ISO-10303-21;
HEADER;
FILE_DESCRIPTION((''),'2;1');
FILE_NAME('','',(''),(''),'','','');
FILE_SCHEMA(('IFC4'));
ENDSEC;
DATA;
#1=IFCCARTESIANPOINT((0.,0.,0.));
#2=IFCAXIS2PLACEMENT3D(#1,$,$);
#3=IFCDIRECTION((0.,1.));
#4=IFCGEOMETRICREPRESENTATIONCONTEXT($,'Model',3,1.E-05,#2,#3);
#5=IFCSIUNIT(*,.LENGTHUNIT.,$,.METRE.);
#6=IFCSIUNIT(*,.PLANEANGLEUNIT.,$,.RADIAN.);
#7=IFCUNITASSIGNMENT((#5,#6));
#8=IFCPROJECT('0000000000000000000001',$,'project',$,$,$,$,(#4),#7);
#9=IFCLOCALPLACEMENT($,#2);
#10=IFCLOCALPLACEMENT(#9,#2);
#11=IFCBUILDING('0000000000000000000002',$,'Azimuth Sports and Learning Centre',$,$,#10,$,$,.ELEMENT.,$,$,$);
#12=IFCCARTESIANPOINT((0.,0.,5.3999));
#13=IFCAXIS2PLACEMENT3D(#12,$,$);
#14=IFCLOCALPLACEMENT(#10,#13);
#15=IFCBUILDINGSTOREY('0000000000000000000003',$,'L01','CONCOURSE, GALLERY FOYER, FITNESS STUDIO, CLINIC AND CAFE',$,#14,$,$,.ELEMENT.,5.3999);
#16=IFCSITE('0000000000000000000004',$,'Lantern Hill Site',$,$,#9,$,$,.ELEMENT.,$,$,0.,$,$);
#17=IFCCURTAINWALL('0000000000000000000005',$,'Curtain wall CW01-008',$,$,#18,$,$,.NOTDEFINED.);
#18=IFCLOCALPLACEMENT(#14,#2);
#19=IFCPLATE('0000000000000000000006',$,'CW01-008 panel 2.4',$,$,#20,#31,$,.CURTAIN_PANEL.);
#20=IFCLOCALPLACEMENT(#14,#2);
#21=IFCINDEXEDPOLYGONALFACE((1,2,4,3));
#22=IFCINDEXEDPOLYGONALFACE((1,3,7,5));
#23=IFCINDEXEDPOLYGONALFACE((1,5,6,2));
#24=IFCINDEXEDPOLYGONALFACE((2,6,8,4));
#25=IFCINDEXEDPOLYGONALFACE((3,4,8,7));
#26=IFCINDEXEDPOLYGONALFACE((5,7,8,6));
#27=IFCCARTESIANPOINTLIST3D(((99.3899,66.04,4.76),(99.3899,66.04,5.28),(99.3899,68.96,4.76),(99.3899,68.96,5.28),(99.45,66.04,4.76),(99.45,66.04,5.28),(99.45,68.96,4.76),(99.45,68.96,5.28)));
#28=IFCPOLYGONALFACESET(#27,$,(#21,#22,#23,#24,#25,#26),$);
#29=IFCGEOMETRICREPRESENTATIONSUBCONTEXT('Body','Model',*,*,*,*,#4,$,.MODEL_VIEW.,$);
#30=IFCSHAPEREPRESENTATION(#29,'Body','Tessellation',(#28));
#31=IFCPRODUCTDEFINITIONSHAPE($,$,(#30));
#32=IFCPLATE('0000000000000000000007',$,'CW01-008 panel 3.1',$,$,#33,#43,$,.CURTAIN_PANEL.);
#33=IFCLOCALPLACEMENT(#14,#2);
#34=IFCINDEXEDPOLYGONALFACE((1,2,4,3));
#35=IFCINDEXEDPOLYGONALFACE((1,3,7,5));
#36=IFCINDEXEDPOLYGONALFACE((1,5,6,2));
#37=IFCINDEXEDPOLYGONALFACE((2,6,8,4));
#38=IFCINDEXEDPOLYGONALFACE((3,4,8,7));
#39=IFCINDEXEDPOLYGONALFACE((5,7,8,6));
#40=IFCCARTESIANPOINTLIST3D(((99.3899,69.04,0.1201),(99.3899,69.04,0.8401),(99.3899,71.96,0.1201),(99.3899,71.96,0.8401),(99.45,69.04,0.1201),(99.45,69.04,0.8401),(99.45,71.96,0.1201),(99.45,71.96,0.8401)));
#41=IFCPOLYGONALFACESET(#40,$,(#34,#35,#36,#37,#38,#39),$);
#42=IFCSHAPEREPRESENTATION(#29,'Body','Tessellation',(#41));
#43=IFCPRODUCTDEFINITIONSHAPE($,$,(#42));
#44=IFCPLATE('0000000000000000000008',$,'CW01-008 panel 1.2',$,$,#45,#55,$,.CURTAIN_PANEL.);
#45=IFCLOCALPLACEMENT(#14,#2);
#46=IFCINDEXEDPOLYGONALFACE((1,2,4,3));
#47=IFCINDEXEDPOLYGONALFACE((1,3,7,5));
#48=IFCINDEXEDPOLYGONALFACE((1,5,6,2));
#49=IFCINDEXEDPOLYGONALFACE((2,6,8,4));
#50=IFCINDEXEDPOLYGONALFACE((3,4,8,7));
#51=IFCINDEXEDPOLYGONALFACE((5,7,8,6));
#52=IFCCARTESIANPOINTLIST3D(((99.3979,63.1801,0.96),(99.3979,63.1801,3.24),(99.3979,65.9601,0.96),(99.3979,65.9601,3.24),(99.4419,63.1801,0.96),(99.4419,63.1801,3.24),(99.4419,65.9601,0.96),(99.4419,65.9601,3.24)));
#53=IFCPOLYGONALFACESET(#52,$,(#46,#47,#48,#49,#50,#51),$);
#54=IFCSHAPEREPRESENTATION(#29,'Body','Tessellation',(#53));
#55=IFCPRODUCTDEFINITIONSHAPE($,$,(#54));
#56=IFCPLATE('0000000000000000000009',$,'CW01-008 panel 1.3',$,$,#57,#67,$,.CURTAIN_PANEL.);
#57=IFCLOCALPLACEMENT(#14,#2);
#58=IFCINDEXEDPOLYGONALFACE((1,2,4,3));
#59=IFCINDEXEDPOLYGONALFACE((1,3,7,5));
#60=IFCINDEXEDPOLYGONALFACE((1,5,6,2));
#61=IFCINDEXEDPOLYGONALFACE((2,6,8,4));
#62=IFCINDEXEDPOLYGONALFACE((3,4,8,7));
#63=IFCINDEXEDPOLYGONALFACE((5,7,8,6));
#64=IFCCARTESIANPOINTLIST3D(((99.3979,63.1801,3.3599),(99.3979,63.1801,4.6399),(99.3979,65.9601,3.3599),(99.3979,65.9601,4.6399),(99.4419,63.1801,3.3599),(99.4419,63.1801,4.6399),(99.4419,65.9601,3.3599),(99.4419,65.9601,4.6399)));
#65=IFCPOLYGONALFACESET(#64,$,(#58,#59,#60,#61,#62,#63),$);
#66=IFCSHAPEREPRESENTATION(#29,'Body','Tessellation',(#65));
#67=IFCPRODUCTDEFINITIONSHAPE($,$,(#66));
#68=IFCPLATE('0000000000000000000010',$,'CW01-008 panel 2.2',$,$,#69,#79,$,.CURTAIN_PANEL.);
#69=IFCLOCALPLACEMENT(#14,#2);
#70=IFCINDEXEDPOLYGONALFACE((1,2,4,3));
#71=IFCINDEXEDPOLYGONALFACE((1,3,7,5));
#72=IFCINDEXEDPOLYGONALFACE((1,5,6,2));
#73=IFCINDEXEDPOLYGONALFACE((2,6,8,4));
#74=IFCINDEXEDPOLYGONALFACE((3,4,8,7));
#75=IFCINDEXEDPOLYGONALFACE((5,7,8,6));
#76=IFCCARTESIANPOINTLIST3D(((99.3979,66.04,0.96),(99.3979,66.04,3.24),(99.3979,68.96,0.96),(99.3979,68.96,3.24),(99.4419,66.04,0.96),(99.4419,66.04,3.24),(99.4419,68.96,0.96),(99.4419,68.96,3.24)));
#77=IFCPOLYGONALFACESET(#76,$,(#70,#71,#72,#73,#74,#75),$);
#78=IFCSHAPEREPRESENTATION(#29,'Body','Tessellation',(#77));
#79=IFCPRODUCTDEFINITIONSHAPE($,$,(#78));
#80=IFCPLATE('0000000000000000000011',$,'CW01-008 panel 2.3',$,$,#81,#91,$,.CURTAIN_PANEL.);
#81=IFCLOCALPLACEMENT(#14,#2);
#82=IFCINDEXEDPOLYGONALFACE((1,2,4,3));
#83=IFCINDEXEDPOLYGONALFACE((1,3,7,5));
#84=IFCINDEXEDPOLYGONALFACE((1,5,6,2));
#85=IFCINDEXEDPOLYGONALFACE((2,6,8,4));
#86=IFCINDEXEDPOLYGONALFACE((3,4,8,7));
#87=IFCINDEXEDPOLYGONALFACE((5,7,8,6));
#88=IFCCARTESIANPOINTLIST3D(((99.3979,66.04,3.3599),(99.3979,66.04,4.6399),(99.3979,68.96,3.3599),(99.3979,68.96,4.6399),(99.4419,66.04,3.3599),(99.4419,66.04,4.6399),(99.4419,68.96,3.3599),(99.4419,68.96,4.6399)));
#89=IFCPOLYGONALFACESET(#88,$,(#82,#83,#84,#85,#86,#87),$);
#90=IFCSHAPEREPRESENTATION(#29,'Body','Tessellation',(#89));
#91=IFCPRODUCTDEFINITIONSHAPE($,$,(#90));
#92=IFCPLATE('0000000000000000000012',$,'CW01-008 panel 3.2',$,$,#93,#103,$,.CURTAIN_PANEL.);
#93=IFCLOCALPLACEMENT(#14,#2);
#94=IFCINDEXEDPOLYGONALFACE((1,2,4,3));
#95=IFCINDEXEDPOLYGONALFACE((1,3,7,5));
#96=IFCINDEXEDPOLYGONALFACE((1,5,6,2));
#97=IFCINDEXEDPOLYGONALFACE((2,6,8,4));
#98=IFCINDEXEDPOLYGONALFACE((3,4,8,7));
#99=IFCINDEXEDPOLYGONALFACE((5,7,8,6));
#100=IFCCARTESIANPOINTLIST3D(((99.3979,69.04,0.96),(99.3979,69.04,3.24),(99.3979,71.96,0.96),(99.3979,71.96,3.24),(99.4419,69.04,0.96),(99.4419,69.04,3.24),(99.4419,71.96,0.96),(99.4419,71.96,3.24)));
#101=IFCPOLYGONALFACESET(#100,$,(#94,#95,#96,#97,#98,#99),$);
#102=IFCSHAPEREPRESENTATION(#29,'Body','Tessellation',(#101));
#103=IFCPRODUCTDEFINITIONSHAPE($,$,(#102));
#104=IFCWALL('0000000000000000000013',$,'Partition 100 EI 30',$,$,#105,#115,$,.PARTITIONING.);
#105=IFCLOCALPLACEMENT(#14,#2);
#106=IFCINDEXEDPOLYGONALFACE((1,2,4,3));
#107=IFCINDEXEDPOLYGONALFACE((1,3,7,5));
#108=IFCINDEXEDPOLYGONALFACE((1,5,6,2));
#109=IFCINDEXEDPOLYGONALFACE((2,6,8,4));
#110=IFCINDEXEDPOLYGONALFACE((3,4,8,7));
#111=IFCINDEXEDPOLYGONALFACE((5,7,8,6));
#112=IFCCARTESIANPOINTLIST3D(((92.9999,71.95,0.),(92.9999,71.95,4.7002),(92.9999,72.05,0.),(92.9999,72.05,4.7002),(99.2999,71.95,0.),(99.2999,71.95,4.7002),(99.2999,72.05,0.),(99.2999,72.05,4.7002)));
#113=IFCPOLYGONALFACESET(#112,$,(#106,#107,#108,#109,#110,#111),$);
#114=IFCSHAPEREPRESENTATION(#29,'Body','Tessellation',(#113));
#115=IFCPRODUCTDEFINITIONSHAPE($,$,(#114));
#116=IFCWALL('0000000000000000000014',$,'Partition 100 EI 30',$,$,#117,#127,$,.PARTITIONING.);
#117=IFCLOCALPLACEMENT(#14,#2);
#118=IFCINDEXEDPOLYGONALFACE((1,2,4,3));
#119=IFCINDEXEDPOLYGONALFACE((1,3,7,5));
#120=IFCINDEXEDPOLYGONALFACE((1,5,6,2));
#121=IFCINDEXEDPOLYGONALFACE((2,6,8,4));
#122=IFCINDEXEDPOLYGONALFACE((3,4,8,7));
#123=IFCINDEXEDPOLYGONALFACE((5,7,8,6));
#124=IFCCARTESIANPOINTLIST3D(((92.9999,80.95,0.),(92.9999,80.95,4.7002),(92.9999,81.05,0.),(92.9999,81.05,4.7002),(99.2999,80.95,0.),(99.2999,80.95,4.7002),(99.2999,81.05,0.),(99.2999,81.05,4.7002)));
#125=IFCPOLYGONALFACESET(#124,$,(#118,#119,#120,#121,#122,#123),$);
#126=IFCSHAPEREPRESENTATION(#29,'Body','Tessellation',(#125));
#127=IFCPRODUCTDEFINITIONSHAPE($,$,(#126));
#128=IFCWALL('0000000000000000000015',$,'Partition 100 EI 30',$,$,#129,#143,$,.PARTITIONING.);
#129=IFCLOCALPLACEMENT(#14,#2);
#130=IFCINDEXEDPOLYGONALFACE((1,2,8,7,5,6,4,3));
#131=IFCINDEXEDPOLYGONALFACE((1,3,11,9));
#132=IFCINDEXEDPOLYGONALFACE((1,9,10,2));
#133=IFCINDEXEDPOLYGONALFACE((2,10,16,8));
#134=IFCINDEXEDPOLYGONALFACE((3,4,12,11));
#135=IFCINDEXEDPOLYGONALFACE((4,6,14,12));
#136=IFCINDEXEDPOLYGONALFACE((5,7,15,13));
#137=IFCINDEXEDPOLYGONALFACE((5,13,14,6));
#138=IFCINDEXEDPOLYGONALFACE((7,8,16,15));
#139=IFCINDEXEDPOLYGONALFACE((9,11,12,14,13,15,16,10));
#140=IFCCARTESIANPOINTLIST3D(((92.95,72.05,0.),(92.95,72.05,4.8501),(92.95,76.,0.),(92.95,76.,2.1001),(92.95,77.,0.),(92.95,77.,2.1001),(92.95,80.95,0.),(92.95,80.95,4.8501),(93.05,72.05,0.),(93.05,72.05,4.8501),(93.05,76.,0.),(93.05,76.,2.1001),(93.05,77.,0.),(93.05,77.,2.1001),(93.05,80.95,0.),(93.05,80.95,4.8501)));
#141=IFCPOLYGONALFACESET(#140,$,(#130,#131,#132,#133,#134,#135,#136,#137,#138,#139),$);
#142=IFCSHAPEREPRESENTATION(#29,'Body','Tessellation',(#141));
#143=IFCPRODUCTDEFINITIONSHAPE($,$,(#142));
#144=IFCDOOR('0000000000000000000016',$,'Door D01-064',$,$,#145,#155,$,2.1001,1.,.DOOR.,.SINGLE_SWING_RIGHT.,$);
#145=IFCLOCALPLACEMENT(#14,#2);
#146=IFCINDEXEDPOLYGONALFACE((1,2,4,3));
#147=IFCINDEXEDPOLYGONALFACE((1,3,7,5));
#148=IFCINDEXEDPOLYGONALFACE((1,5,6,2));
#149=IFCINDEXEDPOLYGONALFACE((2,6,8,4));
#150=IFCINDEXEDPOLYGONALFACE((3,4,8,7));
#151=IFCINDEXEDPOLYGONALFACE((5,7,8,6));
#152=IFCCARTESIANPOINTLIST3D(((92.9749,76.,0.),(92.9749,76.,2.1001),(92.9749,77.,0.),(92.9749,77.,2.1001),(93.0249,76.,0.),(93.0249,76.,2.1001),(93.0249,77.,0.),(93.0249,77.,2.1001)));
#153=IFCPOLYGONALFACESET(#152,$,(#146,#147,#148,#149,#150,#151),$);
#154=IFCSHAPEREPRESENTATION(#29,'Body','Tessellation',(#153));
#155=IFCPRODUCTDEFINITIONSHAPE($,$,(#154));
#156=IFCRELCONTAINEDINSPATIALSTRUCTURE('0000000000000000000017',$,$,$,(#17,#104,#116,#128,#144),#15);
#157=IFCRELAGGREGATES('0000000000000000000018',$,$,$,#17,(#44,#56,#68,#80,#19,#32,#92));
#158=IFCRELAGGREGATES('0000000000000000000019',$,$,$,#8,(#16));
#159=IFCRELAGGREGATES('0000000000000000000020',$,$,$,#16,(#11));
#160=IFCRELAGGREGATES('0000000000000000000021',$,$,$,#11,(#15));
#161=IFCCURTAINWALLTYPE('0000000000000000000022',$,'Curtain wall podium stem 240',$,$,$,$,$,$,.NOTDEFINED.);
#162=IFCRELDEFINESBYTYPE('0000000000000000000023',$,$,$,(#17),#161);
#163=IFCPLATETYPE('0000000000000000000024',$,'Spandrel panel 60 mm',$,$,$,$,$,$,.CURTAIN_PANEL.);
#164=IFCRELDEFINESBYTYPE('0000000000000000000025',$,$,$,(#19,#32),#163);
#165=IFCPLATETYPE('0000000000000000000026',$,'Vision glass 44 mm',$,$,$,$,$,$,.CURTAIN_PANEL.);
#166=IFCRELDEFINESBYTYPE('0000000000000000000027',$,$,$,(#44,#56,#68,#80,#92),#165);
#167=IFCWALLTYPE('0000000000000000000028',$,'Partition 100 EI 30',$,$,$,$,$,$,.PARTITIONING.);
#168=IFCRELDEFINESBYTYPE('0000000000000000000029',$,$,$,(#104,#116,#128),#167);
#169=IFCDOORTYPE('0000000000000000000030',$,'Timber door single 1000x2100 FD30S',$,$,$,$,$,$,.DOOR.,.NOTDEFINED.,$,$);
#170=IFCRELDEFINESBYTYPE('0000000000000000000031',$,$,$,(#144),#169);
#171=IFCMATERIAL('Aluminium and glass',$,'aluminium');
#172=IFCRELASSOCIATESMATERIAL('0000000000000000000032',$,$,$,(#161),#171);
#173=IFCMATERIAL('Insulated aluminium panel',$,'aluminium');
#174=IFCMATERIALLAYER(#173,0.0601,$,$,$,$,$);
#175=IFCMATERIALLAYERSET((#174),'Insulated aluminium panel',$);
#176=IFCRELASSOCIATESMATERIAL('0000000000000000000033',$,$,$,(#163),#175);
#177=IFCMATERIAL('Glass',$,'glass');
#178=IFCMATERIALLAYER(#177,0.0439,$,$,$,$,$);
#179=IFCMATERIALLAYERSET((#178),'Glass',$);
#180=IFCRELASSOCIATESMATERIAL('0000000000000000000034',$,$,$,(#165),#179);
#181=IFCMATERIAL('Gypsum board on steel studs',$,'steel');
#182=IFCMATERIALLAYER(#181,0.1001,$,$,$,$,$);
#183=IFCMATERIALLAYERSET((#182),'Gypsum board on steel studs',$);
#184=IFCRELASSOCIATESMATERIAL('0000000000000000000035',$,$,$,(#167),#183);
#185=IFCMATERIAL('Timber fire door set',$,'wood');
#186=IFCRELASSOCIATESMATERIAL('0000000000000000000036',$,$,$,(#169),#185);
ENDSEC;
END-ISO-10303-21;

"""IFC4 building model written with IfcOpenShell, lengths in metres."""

from ifc_helpers import new_model, si_unit, direction, frame, frame_2d, origin, origin_2d, place, context, subcontext, project, spatial, rectangle, extrude, material, layer, layer_set, type_object, element, fill, aggregate, save


model = new_model("IFC4")

# Units and contexts
model_context = context("Model", 3, precision=1e-05, world=origin(), true_north=direction((0.0, 1.0)))
body_context = subcontext(model_context, "Body", "Model", "MODEL_VIEW")
ifc_project = project(units=[si_unit("LENGTHUNIT", "METRE"), si_unit("PLANEANGLEUNIT", "RADIAN")], contexts=[model_context])

# Site, building, storey
site_placement = place(None, origin())
site = spatial("IfcSite", under=ifc_project, at=site_placement, Name="Lantern Hill Site", CompositionType="ELEMENT", RefElevation=0.0)
building_placement = place(site_placement, origin())
building = spatial("IfcBuilding", under=site, at=building_placement, Name="Azimuth Sports and Learning Centre", CompositionType="ELEMENT")
storey_placement = place(building_placement, frame((0.0, 0.0, 5.3999)))
storey = spatial("IfcBuildingStorey", under=building, at=storey_placement, Name="L01", Description="CONCOURSE, GALLERY FOYER, FITNESS STUDIO, CLINIC AND CAFE", CompositionType="ELEMENT", Elevation=5.3999)

# Curtain wall, plates
ifc_material_1 = material(Name="Aluminium and glass", Category="aluminium")
curtain_wall_type = type_object("IfcCurtainWallType", Name="Curtain wall podium stem 240", PredefinedType="NOTDEFINED", material=ifc_material_1)
curtain_wall_placement = place(storey_placement, origin())
curtain_wall = element("IfcCurtainWall", 1, at=curtain_wall_placement, inside=storey, type_object=curtain_wall_type, Name="Curtain wall CW01-008", PredefinedType="NOTDEFINED")
ifc_material_2 = material(Name="Insulated aluminium panel", Category="aluminium")
ifc_layer_1 = layer(ifc_material_2, 0.0601)
ifc_layer_set_1 = layer_set([ifc_layer_1], Name="Insulated aluminium panel")
plate_type_1 = type_object("IfcPlateType", Name="Spandrel panel 60 mm", PredefinedType="CURTAIN_PANEL", material=ifc_layer_set_1)
plate_1_placement = place(storey_placement, frame((99.4199, 67.5, 4.76), z_axis=(0.0, 0.0, 1.0), x_axis=(0.0, 1.0, 0.0)))
plate_1 = element("IfcPlate", 2, at=plate_1_placement, type_object=plate_type_1, Name="CW01-008 panel 2.4", PredefinedType="CURTAIN_PANEL", context=body_context, shape_type="SweptSolid", body=[
    extrude(rectangle(XDim=2.9199, YDim=0.0601, at=origin_2d()), origin(), (0.0, 0.0, 1.0), 0.52),
])
plate_2_placement = place(storey_placement, frame((99.4199, 70.5, 0.1201), z_axis=(0.0, 0.0, 1.0), x_axis=(0.0, 1.0, 0.0)))
plate_2 = element("IfcPlate", 3, at=plate_2_placement, type_object=plate_type_1, Name="CW01-008 panel 3.1", PredefinedType="CURTAIN_PANEL", context=body_context, shape_type="SweptSolid", body=[
    extrude(rectangle(XDim=2.9199, YDim=0.0601, at=origin_2d()), origin(), (0.0, 0.0, 1.0), 0.72),
])
ifc_material_3 = material(Name="Glass", Category="glass")
ifc_layer_2 = layer(ifc_material_3, 0.0439)
ifc_layer_set_2 = layer_set([ifc_layer_2], Name="Glass")
plate_type_2 = type_object("IfcPlateType", Name="Vision glass 44 mm", PredefinedType="CURTAIN_PANEL", material=ifc_layer_set_2)
plate_3_placement = place(storey_placement, frame((99.4199, 64.5701, 0.96), z_axis=(0.0, 0.0, 1.0), x_axis=(0.0, 1.0, 0.0)))
plate_3 = element("IfcPlate", 4, at=plate_3_placement, type_object=plate_type_2, Name="CW01-008 panel 1.2", PredefinedType="CURTAIN_PANEL", context=body_context, shape_type="SweptSolid", body=[
    extrude(rectangle(XDim=2.78, YDim=0.0439, at=origin_2d()), origin(), (0.0, 0.0, 1.0), 2.28),
])
plate_4_placement = place(storey_placement, frame((99.4199, 64.5701, 3.3599), z_axis=(0.0, 0.0, 1.0), x_axis=(0.0, 1.0, 0.0)))
plate_4 = element("IfcPlate", 5, at=plate_4_placement, type_object=plate_type_2, Name="CW01-008 panel 1.3", PredefinedType="CURTAIN_PANEL", context=body_context, shape_type="SweptSolid", body=[
    extrude(rectangle(XDim=2.78, YDim=0.0439, at=origin_2d()), origin(), (0.0, 0.0, 1.0), 1.28),
])
plate_5_placement = place(storey_placement, frame((99.4199, 67.5, 0.96), z_axis=(0.0, 0.0, 1.0), x_axis=(0.0, 1.0, 0.0)))
plate_5 = element("IfcPlate", 6, at=plate_5_placement, type_object=plate_type_2, Name="CW01-008 panel 2.2", PredefinedType="CURTAIN_PANEL", context=body_context, shape_type="SweptSolid", body=[
    extrude(rectangle(XDim=2.9199, YDim=0.0439, at=origin_2d()), origin(), (0.0, 0.0, 1.0), 2.28),
])
plate_6_placement = place(storey_placement, frame((99.4199, 67.5, 3.3599), z_axis=(0.0, 0.0, 1.0), x_axis=(0.0, 1.0, 0.0)))
plate_6 = element("IfcPlate", 7, at=plate_6_placement, type_object=plate_type_2, Name="CW01-008 panel 2.3", PredefinedType="CURTAIN_PANEL", context=body_context, shape_type="SweptSolid", body=[
    extrude(rectangle(XDim=2.9199, YDim=0.0439, at=origin_2d()), origin(), (0.0, 0.0, 1.0), 1.28),
])
plate_7_placement = place(storey_placement, frame((99.4199, 70.5, 0.96), z_axis=(0.0, 0.0, 1.0), x_axis=(0.0, 1.0, 0.0)))
plate_7 = element("IfcPlate", 8, at=plate_7_placement, type_object=plate_type_2, Name="CW01-008 panel 3.2", PredefinedType="CURTAIN_PANEL", context=body_context, shape_type="SweptSolid", body=[
    extrude(rectangle(XDim=2.9199, YDim=0.0439, at=origin_2d()), origin(), (0.0, 0.0, 1.0), 2.28),
])
aggregate(curtain_wall, [plate_3, plate_4, plate_5, plate_6, plate_1, plate_2, plate_7])

# Walls
ifc_material_4 = material(Name="Gypsum board on steel studs", Category="steel")
ifc_layer_3 = layer(ifc_material_4, 0.1001)
ifc_layer_set_3 = layer_set([ifc_layer_3], Name="Gypsum board on steel studs")
wall_type = type_object("IfcWallType", Name="Partition 100 EI 30", PredefinedType="PARTITIONING", material=ifc_layer_set_3)
for number, where, z_axis, x_axis, name in (
    (9, (93.0, 72.0, 0.0), (0.0, 0.0, 1.0), (1.0, 0.0, 0.0), "Partition 100 EI 30"),
    (10, (93.0, 81.0, 0.0), (0.0, 0.0, 1.0), (1.0, 0.0, 0.0), "Partition 100 EI 30"),
):
    element("IfcWall", number, at=place(storey_placement, frame(where, z_axis=z_axis, x_axis=x_axis)), inside=storey, type_object=wall_type, Name=name, PredefinedType="PARTITIONING", context=body_context, shape_type="SweptSolid", body=[
        extrude(rectangle(XDim=6.3, YDim=0.1001, at=frame_2d((3.1499, 0.0))), origin(), (0.0, 0.0, 1.0), 4.7002),
    ])

# Wall, opening, door
wall_placement = place(storey_placement, frame((93.0, 72.05, 0.0), z_axis=(0.0, 0.0, 1.0), x_axis=(0.0, 1.0, 0.0)))
wall = element("IfcWall", 11, at=wall_placement, inside=storey, type_object=wall_type, Name="Partition 100 EI 30", PredefinedType="PARTITIONING", context=body_context, shape_type="SweptSolid", body=[
    extrude(rectangle(XDim=8.8999, YDim=0.1001, at=frame_2d((4.45, 0.0))), origin(), (0.0, 0.0, 1.0), 4.8501),
])
opening_placement = place(wall_placement, frame((3.95, 0.0, 0.0)))
opening = element("IfcOpeningElement", 12, at=opening_placement, cuts=wall, PredefinedType="OPENING", context=body_context, shape_type="SweptSolid", body=[
    extrude(rectangle(XDim=1.0, YDim=2.1001, at=frame_2d((0.5, 1.05))), frame((0.0, 0.061, 0.0), z_axis=(0.0, -1.0, 0.0), x_axis=(1.0, 0.0, 0.0)), (0.0, 0.0, 1.0), 0.1221),
])
ifc_material_5 = material(Name="Timber fire door set", Category="wood")
door_type = type_object("IfcDoorType", Name="Timber door single 1000x2100 FD30S", OperationType="NOTDEFINED", PredefinedType="DOOR", material=ifc_material_5)
door_placement = place(opening_placement, frame((1.0, 0.0, 0.0), z_axis=(0.0, 0.0, 1.0), x_axis=(-1.0, 0.0, 0.0)))
door = element("IfcDoor", 13, at=door_placement, inside=storey, type_object=door_type, Name="Door D01-064", OperationType="SINGLE_SWING_RIGHT", OverallHeight=2.1001, OverallWidth=1.0, PredefinedType="DOOR", context=body_context, shape_type="SweptSolid", body=[
    extrude(rectangle(XDim=1.0, YDim=2.1001, at=frame_2d((0.5, 1.05))), frame((0.0, 0.0249, 0.0), z_axis=(0.0, -1.0, 0.0), x_axis=(1.0, 0.0, 0.0)), (0.0, 0.0, 1.0), 0.05),
])
fill(opening, door)

save(model, "model.ifc")
